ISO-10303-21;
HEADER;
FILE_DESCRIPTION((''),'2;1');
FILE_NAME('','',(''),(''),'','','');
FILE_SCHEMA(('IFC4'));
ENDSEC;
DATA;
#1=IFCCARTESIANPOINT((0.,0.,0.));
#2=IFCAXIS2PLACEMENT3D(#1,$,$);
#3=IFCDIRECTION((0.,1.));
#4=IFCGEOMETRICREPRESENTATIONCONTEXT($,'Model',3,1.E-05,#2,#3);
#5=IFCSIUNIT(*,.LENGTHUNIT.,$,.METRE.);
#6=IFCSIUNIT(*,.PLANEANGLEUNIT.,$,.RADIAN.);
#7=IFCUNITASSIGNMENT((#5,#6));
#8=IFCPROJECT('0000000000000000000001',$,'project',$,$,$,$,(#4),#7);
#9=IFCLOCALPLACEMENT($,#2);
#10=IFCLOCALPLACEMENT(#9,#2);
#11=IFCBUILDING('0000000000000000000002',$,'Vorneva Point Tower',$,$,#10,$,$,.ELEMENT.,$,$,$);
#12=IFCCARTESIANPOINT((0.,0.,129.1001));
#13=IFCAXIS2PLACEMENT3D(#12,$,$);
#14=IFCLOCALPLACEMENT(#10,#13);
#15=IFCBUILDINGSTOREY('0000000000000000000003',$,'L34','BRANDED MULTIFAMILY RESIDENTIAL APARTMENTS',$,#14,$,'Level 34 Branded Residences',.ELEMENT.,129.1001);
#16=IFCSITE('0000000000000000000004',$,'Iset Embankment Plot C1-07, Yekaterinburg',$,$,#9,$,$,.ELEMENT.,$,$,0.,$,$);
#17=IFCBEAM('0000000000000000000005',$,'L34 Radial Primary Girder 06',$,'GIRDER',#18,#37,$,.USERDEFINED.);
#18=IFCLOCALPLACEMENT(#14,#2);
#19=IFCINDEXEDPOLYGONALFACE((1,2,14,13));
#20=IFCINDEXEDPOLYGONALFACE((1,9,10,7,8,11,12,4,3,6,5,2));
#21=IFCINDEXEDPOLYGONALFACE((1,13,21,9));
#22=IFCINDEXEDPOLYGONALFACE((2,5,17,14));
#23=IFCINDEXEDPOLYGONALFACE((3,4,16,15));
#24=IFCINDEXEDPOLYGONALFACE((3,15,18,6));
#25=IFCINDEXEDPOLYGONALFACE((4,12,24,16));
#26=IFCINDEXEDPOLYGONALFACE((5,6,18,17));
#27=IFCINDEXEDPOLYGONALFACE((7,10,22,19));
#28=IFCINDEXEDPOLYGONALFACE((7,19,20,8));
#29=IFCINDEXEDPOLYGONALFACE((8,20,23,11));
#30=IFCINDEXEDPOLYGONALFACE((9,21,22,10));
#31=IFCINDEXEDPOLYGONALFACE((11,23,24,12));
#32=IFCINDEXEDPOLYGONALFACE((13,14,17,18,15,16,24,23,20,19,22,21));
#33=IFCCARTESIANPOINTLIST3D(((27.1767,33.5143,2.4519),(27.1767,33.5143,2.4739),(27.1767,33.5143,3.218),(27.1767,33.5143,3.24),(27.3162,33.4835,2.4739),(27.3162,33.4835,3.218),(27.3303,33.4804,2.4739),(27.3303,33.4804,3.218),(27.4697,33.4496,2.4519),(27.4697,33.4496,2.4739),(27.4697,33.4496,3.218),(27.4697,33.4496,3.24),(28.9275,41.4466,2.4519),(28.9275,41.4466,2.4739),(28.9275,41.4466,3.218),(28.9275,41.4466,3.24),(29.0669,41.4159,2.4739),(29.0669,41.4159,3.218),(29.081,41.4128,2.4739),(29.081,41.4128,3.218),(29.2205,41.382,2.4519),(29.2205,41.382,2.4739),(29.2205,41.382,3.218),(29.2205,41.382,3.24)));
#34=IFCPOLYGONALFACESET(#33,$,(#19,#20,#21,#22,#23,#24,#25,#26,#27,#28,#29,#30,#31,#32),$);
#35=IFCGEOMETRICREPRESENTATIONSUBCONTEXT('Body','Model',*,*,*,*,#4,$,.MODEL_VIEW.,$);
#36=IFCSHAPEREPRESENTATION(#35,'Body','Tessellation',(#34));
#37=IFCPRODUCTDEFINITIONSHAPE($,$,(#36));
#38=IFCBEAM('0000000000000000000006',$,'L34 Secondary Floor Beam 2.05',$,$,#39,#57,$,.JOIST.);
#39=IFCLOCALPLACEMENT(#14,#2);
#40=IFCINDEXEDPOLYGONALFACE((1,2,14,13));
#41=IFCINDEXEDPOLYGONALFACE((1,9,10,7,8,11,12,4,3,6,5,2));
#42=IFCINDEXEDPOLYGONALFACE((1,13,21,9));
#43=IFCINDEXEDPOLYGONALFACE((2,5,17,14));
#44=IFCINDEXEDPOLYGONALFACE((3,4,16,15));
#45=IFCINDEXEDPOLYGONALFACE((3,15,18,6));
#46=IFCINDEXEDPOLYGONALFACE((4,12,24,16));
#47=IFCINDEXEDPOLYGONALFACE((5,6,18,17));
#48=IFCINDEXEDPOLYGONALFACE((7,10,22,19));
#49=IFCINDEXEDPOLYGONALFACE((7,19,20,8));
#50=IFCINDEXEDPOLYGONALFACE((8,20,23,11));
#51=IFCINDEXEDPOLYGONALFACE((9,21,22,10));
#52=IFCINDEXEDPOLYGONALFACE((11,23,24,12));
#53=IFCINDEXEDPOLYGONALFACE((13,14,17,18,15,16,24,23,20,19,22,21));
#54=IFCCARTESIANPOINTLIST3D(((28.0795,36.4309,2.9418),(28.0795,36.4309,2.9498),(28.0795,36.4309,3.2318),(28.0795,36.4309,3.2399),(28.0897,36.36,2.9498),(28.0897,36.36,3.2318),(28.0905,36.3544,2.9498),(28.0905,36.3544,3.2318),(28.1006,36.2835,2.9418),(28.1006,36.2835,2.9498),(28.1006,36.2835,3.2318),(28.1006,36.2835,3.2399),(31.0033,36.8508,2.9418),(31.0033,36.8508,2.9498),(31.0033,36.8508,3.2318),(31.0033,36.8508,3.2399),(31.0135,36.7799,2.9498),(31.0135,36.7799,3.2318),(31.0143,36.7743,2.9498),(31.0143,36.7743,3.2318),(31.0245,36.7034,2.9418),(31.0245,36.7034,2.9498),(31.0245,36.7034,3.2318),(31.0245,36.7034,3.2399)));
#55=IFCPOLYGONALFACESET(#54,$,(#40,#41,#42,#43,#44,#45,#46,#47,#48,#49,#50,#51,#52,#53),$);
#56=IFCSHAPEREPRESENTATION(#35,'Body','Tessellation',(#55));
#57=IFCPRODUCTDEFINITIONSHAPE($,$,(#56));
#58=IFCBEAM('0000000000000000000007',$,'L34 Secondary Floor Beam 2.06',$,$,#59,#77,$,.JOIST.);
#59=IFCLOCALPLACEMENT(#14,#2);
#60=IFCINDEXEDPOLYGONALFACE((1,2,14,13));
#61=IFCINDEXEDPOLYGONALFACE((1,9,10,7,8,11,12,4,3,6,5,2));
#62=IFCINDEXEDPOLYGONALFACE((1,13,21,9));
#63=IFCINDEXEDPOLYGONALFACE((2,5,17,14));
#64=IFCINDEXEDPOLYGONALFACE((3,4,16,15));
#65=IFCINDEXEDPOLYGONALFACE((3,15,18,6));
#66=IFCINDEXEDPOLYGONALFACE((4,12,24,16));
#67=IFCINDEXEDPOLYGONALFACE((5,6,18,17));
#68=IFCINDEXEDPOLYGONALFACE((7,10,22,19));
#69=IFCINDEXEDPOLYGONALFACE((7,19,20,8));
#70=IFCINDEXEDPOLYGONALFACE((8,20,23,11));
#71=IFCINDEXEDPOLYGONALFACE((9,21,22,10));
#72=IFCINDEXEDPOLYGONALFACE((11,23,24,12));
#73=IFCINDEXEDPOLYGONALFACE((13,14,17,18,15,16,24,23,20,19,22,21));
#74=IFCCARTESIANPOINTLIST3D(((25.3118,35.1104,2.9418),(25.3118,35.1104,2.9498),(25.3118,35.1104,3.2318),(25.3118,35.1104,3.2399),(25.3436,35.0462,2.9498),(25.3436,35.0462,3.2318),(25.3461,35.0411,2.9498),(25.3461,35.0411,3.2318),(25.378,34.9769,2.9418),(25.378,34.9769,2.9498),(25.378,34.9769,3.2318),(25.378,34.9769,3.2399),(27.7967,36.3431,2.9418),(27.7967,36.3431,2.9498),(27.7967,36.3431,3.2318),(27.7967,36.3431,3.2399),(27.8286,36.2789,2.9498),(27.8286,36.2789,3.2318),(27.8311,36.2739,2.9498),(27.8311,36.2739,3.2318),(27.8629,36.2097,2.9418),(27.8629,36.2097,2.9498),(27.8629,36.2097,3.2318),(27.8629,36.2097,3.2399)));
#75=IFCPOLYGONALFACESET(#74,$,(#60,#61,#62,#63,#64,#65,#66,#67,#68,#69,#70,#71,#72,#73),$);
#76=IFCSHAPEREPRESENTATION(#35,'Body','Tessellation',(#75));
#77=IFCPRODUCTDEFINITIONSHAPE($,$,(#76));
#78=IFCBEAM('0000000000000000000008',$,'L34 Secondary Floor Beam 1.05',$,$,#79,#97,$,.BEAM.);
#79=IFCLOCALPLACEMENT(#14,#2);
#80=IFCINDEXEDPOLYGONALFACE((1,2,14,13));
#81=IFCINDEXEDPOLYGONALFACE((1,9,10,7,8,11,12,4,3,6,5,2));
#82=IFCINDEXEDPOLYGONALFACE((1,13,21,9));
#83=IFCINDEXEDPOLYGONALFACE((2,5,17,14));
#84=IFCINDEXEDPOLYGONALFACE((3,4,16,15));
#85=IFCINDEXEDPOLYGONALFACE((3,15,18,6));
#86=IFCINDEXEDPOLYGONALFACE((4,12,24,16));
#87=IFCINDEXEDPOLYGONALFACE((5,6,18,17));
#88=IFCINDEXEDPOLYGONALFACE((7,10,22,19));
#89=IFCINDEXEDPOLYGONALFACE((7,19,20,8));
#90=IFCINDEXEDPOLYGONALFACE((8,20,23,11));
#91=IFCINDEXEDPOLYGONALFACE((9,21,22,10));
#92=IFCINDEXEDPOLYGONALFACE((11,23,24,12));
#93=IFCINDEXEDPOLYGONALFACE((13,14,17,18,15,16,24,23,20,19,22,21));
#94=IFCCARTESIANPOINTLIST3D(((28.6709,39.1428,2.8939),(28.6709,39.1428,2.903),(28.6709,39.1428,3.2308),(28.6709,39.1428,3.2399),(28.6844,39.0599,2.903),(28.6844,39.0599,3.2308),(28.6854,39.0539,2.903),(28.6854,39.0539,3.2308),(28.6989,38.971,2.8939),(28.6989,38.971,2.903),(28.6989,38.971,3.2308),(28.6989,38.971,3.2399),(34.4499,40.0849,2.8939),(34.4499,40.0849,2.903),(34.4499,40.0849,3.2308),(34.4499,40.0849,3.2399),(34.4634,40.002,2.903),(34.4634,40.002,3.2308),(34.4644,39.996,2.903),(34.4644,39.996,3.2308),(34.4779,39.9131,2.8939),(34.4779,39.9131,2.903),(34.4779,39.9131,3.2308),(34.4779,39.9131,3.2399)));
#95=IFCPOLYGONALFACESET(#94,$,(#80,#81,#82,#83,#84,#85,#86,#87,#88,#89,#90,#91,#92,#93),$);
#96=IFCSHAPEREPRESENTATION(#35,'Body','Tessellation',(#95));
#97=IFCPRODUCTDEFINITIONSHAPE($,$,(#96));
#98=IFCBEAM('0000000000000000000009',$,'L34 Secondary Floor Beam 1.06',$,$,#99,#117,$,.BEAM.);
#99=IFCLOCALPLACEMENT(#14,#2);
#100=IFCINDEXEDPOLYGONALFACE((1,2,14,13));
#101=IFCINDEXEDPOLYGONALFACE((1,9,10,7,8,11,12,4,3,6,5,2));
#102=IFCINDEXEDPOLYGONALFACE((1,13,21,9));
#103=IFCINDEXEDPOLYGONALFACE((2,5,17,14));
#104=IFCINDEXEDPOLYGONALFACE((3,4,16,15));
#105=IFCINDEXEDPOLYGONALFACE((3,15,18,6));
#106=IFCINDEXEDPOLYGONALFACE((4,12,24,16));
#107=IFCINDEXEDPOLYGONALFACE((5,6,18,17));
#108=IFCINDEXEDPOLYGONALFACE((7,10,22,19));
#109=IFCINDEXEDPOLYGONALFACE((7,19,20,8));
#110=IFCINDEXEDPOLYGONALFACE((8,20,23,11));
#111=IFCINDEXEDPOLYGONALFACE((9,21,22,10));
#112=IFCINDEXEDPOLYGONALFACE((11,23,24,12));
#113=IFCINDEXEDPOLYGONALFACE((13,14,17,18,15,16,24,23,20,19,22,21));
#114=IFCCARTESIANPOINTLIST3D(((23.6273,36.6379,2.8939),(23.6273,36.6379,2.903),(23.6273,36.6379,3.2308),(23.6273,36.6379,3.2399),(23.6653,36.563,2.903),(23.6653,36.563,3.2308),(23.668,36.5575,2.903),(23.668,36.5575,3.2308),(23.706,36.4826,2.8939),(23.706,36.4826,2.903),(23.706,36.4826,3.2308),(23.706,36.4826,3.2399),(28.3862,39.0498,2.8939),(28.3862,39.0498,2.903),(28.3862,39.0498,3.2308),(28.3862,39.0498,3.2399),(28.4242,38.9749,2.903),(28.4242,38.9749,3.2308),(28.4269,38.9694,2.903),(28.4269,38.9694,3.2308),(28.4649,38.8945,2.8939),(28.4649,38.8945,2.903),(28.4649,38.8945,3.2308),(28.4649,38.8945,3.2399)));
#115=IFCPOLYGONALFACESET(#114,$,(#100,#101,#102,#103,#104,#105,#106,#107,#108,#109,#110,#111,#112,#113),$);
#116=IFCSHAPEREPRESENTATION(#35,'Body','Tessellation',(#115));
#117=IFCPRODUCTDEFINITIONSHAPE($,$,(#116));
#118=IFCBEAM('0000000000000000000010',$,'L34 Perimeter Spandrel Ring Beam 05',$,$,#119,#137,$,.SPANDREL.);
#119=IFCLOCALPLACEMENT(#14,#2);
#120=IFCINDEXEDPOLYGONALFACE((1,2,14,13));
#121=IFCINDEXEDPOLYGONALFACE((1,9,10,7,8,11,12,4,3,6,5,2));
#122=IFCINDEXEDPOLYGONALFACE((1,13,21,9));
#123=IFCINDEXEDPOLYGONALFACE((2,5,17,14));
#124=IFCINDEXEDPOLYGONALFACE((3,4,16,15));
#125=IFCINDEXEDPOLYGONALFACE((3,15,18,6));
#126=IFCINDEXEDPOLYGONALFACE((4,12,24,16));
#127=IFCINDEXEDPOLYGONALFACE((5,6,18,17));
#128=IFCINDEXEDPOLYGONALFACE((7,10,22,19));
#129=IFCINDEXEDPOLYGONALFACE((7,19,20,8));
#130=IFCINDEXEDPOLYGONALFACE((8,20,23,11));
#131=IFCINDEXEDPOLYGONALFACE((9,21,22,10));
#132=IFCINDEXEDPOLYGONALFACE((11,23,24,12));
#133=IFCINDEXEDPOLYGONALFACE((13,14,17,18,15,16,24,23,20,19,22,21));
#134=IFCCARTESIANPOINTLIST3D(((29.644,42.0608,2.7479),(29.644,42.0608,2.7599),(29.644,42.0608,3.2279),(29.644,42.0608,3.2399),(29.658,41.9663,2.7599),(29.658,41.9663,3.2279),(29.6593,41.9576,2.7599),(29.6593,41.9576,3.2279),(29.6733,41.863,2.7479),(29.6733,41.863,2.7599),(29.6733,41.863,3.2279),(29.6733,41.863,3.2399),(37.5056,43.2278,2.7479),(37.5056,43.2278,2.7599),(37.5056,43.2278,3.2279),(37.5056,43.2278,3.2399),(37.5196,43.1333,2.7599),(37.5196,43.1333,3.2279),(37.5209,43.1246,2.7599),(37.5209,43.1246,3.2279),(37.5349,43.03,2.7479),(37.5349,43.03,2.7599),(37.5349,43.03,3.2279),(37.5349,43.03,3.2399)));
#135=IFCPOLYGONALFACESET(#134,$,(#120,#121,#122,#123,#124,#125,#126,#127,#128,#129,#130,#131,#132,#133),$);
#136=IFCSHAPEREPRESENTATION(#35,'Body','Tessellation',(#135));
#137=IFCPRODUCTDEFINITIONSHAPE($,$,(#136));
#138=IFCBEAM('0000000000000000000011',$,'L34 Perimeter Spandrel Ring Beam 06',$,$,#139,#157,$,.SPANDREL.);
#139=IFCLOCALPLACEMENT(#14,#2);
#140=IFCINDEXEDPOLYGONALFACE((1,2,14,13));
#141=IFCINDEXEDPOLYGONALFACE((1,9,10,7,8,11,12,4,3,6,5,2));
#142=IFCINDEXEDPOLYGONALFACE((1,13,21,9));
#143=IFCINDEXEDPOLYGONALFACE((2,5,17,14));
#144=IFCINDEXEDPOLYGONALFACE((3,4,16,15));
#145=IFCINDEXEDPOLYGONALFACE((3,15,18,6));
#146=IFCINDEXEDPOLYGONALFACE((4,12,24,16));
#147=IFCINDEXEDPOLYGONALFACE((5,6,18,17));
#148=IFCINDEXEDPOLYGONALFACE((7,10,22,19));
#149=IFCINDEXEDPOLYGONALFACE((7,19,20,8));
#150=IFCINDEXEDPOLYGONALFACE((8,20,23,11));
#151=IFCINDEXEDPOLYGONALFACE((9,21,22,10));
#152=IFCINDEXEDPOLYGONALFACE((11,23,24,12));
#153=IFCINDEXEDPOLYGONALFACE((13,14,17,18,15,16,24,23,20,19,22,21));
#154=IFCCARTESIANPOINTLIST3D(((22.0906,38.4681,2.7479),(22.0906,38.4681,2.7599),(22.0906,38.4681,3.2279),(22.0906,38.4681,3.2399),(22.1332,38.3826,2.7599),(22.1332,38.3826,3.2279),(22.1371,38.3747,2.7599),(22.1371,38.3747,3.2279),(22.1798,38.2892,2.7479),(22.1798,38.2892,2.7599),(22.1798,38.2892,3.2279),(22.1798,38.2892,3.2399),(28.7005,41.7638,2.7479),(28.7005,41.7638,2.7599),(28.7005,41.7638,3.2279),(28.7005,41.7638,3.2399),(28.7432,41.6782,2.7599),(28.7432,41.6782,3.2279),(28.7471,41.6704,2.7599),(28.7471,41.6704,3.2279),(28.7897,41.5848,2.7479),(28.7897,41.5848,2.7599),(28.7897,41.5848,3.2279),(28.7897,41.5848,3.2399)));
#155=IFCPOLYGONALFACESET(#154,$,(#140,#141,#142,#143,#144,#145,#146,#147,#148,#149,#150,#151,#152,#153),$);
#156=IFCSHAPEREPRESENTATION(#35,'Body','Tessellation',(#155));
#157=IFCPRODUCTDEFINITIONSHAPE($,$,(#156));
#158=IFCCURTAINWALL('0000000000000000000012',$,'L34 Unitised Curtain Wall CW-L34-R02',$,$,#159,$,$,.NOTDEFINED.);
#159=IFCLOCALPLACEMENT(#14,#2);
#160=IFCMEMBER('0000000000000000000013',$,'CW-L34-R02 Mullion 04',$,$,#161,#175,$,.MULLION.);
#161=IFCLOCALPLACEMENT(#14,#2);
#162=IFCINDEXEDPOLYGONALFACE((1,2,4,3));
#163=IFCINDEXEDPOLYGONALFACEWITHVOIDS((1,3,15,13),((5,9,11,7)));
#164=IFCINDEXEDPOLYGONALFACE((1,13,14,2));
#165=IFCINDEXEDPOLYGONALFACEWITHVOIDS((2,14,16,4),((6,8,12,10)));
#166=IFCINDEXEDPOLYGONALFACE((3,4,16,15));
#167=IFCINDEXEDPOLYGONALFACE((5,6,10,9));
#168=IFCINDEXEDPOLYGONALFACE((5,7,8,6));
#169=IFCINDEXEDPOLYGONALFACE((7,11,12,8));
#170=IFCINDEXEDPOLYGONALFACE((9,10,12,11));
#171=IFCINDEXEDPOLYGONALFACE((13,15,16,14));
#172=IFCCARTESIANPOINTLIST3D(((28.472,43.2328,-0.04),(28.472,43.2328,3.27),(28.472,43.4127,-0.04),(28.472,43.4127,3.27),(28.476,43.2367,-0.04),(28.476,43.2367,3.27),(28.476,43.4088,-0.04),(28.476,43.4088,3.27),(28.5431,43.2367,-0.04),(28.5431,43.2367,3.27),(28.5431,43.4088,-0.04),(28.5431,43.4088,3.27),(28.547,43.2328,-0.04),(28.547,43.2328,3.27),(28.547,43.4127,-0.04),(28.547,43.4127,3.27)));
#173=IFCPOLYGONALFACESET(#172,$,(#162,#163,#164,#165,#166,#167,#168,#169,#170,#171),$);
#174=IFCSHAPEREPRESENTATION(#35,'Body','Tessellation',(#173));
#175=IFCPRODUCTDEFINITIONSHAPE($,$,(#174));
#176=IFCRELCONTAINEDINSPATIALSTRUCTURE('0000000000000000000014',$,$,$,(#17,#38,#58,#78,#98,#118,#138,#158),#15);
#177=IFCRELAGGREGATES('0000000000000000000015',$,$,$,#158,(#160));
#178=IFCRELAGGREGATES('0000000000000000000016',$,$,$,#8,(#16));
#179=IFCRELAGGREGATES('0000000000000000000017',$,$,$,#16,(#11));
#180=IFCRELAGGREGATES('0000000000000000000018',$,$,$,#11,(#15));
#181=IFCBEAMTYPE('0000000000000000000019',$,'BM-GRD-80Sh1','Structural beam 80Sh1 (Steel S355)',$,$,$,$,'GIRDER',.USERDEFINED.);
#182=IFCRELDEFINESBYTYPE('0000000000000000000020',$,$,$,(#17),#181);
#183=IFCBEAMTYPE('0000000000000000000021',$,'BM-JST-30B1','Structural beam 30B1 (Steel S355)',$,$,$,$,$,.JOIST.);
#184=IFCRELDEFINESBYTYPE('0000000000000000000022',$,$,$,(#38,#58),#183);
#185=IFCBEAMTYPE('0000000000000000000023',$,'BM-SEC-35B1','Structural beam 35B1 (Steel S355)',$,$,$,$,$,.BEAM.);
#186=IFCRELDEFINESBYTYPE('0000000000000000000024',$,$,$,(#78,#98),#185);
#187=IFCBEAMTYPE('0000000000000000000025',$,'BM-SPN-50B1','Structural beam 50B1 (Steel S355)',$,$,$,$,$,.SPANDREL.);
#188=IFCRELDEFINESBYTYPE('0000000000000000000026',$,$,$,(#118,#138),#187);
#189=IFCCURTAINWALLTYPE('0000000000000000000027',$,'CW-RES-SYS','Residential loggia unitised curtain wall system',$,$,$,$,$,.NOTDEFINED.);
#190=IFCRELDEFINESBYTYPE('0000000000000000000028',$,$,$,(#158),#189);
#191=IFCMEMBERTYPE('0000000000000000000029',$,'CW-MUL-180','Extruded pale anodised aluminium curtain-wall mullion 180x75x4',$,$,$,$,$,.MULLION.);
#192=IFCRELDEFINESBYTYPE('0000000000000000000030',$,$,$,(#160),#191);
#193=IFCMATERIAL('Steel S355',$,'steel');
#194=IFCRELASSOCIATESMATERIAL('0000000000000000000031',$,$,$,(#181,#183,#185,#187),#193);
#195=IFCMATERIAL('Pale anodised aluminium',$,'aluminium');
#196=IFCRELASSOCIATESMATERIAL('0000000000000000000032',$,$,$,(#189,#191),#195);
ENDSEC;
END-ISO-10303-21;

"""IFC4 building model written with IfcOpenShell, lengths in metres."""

from ifc_helpers import new_model, si_unit, direction, frame, origin, origin_2d, place, context, subcontext, project, spatial, hollow_rectangle, i_section, extrude, material, material_profile, profile_set, type_object, element, aggregate, save


model = new_model("IFC4")

# Units and contexts
model_context = context("Model", 3, precision=1e-05, world=origin(), true_north=direction((0.0, 1.0)))
body_context = subcontext(model_context, "Body", "Model", "MODEL_VIEW")
ifc_project = project(units=[si_unit("LENGTHUNIT", "METRE"), si_unit("PLANEANGLEUNIT", "RADIAN")], contexts=[model_context])

# Site, building, storey
site_placement = place(None, origin())
site = spatial("IfcSite", under=ifc_project, at=site_placement, Name="Iset Embankment Plot C1-07, Yekaterinburg", CompositionType="ELEMENT", RefElevation=0.0)
building_placement = place(site_placement, origin())
building = spatial("IfcBuilding", under=site, at=building_placement, Name="Vorneva Point Tower", CompositionType="ELEMENT")
storey_placement = place(building_placement, frame((0.0, 0.0, 129.1001)))
storey = spatial("IfcBuildingStorey", under=building, at=storey_placement, Name="L34", Description="BRANDED MULTIFAMILY RESIDENTIAL APARTMENTS", LongName="Level 34 Branded Residences", CompositionType="ELEMENT", Elevation=129.1001)

# Beams
ifc_material_1 = material(Name="Steel S355", Category="steel")
ifc_material_profile_1 = material_profile(ifc_material_1, i_section(OverallWidth=0.3, OverallDepth=0.7881, WebThickness=0.0144, FlangeThickness=0.022, at=origin_2d()), Name="80Sh1")
ifc_profile_set_1 = profile_set([ifc_material_profile_1], Name="Steel S355")
beam_type_1 = type_object("IfcBeamType", Name="BM-GRD-80Sh1", Description="Structural beam 80Sh1 (Steel S355)", ElementType="GIRDER", PredefinedType="USERDEFINED", material=ifc_profile_set_1)
beam_1_placement = place(storey_placement, frame((29.074, 41.4143, 2.8459), z_axis=(-0.215521, -0.976499, 0.0), x_axis=(0.976499, -0.215521, 0.0)))
element("IfcBeam", 1, at=beam_1_placement, inside=storey, type_object=beam_type_1, Name="L34 Radial Primary Girder 06", ObjectType="GIRDER", PredefinedType="USERDEFINED", context=body_context, shape_type="SweptSolid", body=[
    extrude(i_section(OverallWidth=0.3, OverallDepth=0.7881, WebThickness=0.0144, FlangeThickness=0.022, at=origin_2d()), origin(), (0.0, 0.0, 1.0), 8.1233),
])
ifc_material_profile_2 = material_profile(ifc_material_1, i_section(OverallWidth=0.1489, OverallDepth=0.2981, WebThickness=0.0056, FlangeThickness=0.0081, at=origin_2d()), Name="30B1")
ifc_profile_set_2 = profile_set([ifc_material_profile_2], Name="Steel S355")
beam_type_2 = type_object("IfcBeamType", Name="BM-JST-30B1", Description="Structural beam 30B1 (Steel S355)", PredefinedType="JOIST", material=ifc_profile_set_2)
beam_2_placement = place(storey_placement, frame((31.0139, 36.7771, 3.0908), z_axis=(-0.989843, -0.142162, 0.0), x_axis=(0.142162, -0.989843, 0.0)))
element("IfcBeam", 2, at=beam_2_placement, inside=storey, type_object=beam_type_2, Name="L34 Secondary Floor Beam 2.05", PredefinedType="JOIST", context=body_context, shape_type="SweptSolid", body=[
    extrude(i_section(OverallWidth=0.1489, OverallDepth=0.2981, WebThickness=0.0056, FlangeThickness=0.0081, at=origin_2d()), origin(), (0.0, 0.0, 1.0), 2.9539),
])
beam_3_placement = place(storey_placement, frame((27.8298, 36.2764, 3.0908), z_axis=(-0.895831, -0.444395, 0.0), x_axis=(0.444395, -0.895831, 0.0)))
element("IfcBeam", 3, at=beam_3_placement, inside=storey, type_object=beam_type_2, Name="L34 Secondary Floor Beam 2.06", PredefinedType="JOIST", context=body_context, shape_type="SweptSolid", body=[
    extrude(i_section(OverallWidth=0.1489, OverallDepth=0.2981, WebThickness=0.0056, FlangeThickness=0.0081, at=origin_2d()), origin(), (0.0, 0.0, 1.0), 2.7739),
])
ifc_material_profile_3 = material_profile(ifc_material_1, i_section(OverallWidth=0.1741, OverallDepth=0.3459, WebThickness=0.0061, FlangeThickness=0.009, at=origin_2d()), Name="35B1")
ifc_profile_set_3 = profile_set([ifc_material_profile_3], Name="Steel S355")
beam_type_3 = type_object("IfcBeamType", Name="BM-SEC-35B1", Description="Structural beam 35B1 (Steel S355)", PredefinedType="BEAM", material=ifc_profile_set_3)
beam_4_placement = place(storey_placement, frame((34.4639, 39.999, 3.0669), z_axis=(-0.98697, -0.160902, 0.0), x_axis=(0.160902, -0.98697, 0.0)))
element("IfcBeam", 4, at=beam_4_placement, inside=storey, type_object=beam_type_3, Name="L34 Secondary Floor Beam 1.05", PredefinedType="BEAM", context=body_context, shape_type="SweptSolid", body=[
    extrude(i_section(OverallWidth=0.1741, OverallDepth=0.3459, WebThickness=0.0061, FlangeThickness=0.009, at=origin_2d()), origin(), (0.0, 0.0, 1.0), 5.8552),
])
beam_5_placement = place(storey_placement, frame((28.4255, 38.9722, 3.0669), z_axis=(-0.891979, -0.452076, 0.0), x_axis=(0.452076, -0.891979, 0.0)))
element("IfcBeam", 5, at=beam_5_placement, inside=storey, type_object=beam_type_3, Name="L34 Secondary Floor Beam 1.06", PredefinedType="BEAM", context=body_context, shape_type="SweptSolid", body=[
    extrude(i_section(OverallWidth=0.1741, OverallDepth=0.3459, WebThickness=0.0061, FlangeThickness=0.009, at=origin_2d()), origin(), (0.0, 0.0, 1.0), 5.3352),
])
ifc_material_profile_4 = material_profile(ifc_material_1, i_section(OverallWidth=0.2, OverallDepth=0.4919, WebThickness=0.0088, FlangeThickness=0.012, at=origin_2d()), Name="50B1")
ifc_profile_set_4 = profile_set([ifc_material_profile_4], Name="Steel S355")
beam_type_4 = type_object("IfcBeamType", Name="BM-SPN-50B1", Description="Structural beam 50B1 (Steel S355)", PredefinedType="SPANDREL", material=ifc_profile_set_4)
beam_6_placement = place(storey_placement, frame((37.5203, 43.1289, 2.9939), z_axis=(-0.989161, -0.146834, 0.0), x_axis=(0.146834, -0.989161, 0.0)))
element("IfcBeam", 6, at=beam_6_placement, inside=storey, type_object=beam_type_4, Name="L34 Perimeter Spandrel Ring Beam 05", PredefinedType="SPANDREL", context=body_context, shape_type="SweptSolid", body=[
    extrude(i_section(OverallWidth=0.2, OverallDepth=0.4919, WebThickness=0.0088, FlangeThickness=0.012, at=origin_2d()), origin(), (0.0, 0.0, 1.0), 7.9478),
])
beam_7_placement = place(storey_placement, frame((28.7451, 41.6743, 2.9939), z_axis=(-0.894929, -0.446208, 0.0), x_axis=(0.446208, -0.894929, 0.0)))
element("IfcBeam", 7, at=beam_7_placement, inside=storey, type_object=beam_type_4, Name="L34 Perimeter Spandrel Ring Beam 06", PredefinedType="SPANDREL", context=body_context, shape_type="SweptSolid", body=[
    extrude(i_section(OverallWidth=0.2, OverallDepth=0.4919, WebThickness=0.0088, FlangeThickness=0.012, at=origin_2d()), origin(), (0.0, 0.0, 1.0), 7.386),
])

# Curtain wall, member
ifc_material_2 = material(Name="Pale anodised aluminium", Category="aluminium")
curtain_wall_type = type_object("IfcCurtainWallType", Name="CW-RES-SYS", Description="Residential loggia unitised curtain wall system", PredefinedType="NOTDEFINED", material=ifc_material_2)
curtain_wall_placement = place(storey_placement, origin())
curtain_wall = element("IfcCurtainWall", 8, at=curtain_wall_placement, inside=storey, type_object=curtain_wall_type, Name="L34 Unitised Curtain Wall CW-L34-R02", PredefinedType="NOTDEFINED")
ifc_material_profile_5 = material_profile(ifc_material_2, hollow_rectangle(XDim=0.075, YDim=0.1799, WallThickness=0.0039, at=origin_2d()), Name="AL-MUL 180x75x4")
ifc_profile_set_5 = profile_set([ifc_material_profile_5], Name="Pale anodised aluminium")
member_type_1 = type_object("IfcMemberType", Name="CW-MUL-180", Description="Extruded pale anodised aluminium curtain-wall mullion 180x75x4", PredefinedType="MULLION", material=ifc_profile_set_5)
member_1_placement = place(storey_placement, frame((28.5095, 43.3228, -0.04), z_axis=(0.0, 0.0, 1.0), x_axis=(1.0, 0.0, 0.0)))
member_1 = element("IfcMember", 9, at=member_1_placement, type_object=member_type_1, Name="CW-L34-R02 Mullion 04", PredefinedType="MULLION", context=body_context, shape_type="SweptSolid", body=[
    extrude(hollow_rectangle(XDim=0.075, YDim=0.1799, WallThickness=0.0039, at=origin_2d()), origin(), (0.0, 0.0, 1.0), 3.3101),
])
aggregate(curtain_wall, [member_1])

save(model, "model.ifc")
